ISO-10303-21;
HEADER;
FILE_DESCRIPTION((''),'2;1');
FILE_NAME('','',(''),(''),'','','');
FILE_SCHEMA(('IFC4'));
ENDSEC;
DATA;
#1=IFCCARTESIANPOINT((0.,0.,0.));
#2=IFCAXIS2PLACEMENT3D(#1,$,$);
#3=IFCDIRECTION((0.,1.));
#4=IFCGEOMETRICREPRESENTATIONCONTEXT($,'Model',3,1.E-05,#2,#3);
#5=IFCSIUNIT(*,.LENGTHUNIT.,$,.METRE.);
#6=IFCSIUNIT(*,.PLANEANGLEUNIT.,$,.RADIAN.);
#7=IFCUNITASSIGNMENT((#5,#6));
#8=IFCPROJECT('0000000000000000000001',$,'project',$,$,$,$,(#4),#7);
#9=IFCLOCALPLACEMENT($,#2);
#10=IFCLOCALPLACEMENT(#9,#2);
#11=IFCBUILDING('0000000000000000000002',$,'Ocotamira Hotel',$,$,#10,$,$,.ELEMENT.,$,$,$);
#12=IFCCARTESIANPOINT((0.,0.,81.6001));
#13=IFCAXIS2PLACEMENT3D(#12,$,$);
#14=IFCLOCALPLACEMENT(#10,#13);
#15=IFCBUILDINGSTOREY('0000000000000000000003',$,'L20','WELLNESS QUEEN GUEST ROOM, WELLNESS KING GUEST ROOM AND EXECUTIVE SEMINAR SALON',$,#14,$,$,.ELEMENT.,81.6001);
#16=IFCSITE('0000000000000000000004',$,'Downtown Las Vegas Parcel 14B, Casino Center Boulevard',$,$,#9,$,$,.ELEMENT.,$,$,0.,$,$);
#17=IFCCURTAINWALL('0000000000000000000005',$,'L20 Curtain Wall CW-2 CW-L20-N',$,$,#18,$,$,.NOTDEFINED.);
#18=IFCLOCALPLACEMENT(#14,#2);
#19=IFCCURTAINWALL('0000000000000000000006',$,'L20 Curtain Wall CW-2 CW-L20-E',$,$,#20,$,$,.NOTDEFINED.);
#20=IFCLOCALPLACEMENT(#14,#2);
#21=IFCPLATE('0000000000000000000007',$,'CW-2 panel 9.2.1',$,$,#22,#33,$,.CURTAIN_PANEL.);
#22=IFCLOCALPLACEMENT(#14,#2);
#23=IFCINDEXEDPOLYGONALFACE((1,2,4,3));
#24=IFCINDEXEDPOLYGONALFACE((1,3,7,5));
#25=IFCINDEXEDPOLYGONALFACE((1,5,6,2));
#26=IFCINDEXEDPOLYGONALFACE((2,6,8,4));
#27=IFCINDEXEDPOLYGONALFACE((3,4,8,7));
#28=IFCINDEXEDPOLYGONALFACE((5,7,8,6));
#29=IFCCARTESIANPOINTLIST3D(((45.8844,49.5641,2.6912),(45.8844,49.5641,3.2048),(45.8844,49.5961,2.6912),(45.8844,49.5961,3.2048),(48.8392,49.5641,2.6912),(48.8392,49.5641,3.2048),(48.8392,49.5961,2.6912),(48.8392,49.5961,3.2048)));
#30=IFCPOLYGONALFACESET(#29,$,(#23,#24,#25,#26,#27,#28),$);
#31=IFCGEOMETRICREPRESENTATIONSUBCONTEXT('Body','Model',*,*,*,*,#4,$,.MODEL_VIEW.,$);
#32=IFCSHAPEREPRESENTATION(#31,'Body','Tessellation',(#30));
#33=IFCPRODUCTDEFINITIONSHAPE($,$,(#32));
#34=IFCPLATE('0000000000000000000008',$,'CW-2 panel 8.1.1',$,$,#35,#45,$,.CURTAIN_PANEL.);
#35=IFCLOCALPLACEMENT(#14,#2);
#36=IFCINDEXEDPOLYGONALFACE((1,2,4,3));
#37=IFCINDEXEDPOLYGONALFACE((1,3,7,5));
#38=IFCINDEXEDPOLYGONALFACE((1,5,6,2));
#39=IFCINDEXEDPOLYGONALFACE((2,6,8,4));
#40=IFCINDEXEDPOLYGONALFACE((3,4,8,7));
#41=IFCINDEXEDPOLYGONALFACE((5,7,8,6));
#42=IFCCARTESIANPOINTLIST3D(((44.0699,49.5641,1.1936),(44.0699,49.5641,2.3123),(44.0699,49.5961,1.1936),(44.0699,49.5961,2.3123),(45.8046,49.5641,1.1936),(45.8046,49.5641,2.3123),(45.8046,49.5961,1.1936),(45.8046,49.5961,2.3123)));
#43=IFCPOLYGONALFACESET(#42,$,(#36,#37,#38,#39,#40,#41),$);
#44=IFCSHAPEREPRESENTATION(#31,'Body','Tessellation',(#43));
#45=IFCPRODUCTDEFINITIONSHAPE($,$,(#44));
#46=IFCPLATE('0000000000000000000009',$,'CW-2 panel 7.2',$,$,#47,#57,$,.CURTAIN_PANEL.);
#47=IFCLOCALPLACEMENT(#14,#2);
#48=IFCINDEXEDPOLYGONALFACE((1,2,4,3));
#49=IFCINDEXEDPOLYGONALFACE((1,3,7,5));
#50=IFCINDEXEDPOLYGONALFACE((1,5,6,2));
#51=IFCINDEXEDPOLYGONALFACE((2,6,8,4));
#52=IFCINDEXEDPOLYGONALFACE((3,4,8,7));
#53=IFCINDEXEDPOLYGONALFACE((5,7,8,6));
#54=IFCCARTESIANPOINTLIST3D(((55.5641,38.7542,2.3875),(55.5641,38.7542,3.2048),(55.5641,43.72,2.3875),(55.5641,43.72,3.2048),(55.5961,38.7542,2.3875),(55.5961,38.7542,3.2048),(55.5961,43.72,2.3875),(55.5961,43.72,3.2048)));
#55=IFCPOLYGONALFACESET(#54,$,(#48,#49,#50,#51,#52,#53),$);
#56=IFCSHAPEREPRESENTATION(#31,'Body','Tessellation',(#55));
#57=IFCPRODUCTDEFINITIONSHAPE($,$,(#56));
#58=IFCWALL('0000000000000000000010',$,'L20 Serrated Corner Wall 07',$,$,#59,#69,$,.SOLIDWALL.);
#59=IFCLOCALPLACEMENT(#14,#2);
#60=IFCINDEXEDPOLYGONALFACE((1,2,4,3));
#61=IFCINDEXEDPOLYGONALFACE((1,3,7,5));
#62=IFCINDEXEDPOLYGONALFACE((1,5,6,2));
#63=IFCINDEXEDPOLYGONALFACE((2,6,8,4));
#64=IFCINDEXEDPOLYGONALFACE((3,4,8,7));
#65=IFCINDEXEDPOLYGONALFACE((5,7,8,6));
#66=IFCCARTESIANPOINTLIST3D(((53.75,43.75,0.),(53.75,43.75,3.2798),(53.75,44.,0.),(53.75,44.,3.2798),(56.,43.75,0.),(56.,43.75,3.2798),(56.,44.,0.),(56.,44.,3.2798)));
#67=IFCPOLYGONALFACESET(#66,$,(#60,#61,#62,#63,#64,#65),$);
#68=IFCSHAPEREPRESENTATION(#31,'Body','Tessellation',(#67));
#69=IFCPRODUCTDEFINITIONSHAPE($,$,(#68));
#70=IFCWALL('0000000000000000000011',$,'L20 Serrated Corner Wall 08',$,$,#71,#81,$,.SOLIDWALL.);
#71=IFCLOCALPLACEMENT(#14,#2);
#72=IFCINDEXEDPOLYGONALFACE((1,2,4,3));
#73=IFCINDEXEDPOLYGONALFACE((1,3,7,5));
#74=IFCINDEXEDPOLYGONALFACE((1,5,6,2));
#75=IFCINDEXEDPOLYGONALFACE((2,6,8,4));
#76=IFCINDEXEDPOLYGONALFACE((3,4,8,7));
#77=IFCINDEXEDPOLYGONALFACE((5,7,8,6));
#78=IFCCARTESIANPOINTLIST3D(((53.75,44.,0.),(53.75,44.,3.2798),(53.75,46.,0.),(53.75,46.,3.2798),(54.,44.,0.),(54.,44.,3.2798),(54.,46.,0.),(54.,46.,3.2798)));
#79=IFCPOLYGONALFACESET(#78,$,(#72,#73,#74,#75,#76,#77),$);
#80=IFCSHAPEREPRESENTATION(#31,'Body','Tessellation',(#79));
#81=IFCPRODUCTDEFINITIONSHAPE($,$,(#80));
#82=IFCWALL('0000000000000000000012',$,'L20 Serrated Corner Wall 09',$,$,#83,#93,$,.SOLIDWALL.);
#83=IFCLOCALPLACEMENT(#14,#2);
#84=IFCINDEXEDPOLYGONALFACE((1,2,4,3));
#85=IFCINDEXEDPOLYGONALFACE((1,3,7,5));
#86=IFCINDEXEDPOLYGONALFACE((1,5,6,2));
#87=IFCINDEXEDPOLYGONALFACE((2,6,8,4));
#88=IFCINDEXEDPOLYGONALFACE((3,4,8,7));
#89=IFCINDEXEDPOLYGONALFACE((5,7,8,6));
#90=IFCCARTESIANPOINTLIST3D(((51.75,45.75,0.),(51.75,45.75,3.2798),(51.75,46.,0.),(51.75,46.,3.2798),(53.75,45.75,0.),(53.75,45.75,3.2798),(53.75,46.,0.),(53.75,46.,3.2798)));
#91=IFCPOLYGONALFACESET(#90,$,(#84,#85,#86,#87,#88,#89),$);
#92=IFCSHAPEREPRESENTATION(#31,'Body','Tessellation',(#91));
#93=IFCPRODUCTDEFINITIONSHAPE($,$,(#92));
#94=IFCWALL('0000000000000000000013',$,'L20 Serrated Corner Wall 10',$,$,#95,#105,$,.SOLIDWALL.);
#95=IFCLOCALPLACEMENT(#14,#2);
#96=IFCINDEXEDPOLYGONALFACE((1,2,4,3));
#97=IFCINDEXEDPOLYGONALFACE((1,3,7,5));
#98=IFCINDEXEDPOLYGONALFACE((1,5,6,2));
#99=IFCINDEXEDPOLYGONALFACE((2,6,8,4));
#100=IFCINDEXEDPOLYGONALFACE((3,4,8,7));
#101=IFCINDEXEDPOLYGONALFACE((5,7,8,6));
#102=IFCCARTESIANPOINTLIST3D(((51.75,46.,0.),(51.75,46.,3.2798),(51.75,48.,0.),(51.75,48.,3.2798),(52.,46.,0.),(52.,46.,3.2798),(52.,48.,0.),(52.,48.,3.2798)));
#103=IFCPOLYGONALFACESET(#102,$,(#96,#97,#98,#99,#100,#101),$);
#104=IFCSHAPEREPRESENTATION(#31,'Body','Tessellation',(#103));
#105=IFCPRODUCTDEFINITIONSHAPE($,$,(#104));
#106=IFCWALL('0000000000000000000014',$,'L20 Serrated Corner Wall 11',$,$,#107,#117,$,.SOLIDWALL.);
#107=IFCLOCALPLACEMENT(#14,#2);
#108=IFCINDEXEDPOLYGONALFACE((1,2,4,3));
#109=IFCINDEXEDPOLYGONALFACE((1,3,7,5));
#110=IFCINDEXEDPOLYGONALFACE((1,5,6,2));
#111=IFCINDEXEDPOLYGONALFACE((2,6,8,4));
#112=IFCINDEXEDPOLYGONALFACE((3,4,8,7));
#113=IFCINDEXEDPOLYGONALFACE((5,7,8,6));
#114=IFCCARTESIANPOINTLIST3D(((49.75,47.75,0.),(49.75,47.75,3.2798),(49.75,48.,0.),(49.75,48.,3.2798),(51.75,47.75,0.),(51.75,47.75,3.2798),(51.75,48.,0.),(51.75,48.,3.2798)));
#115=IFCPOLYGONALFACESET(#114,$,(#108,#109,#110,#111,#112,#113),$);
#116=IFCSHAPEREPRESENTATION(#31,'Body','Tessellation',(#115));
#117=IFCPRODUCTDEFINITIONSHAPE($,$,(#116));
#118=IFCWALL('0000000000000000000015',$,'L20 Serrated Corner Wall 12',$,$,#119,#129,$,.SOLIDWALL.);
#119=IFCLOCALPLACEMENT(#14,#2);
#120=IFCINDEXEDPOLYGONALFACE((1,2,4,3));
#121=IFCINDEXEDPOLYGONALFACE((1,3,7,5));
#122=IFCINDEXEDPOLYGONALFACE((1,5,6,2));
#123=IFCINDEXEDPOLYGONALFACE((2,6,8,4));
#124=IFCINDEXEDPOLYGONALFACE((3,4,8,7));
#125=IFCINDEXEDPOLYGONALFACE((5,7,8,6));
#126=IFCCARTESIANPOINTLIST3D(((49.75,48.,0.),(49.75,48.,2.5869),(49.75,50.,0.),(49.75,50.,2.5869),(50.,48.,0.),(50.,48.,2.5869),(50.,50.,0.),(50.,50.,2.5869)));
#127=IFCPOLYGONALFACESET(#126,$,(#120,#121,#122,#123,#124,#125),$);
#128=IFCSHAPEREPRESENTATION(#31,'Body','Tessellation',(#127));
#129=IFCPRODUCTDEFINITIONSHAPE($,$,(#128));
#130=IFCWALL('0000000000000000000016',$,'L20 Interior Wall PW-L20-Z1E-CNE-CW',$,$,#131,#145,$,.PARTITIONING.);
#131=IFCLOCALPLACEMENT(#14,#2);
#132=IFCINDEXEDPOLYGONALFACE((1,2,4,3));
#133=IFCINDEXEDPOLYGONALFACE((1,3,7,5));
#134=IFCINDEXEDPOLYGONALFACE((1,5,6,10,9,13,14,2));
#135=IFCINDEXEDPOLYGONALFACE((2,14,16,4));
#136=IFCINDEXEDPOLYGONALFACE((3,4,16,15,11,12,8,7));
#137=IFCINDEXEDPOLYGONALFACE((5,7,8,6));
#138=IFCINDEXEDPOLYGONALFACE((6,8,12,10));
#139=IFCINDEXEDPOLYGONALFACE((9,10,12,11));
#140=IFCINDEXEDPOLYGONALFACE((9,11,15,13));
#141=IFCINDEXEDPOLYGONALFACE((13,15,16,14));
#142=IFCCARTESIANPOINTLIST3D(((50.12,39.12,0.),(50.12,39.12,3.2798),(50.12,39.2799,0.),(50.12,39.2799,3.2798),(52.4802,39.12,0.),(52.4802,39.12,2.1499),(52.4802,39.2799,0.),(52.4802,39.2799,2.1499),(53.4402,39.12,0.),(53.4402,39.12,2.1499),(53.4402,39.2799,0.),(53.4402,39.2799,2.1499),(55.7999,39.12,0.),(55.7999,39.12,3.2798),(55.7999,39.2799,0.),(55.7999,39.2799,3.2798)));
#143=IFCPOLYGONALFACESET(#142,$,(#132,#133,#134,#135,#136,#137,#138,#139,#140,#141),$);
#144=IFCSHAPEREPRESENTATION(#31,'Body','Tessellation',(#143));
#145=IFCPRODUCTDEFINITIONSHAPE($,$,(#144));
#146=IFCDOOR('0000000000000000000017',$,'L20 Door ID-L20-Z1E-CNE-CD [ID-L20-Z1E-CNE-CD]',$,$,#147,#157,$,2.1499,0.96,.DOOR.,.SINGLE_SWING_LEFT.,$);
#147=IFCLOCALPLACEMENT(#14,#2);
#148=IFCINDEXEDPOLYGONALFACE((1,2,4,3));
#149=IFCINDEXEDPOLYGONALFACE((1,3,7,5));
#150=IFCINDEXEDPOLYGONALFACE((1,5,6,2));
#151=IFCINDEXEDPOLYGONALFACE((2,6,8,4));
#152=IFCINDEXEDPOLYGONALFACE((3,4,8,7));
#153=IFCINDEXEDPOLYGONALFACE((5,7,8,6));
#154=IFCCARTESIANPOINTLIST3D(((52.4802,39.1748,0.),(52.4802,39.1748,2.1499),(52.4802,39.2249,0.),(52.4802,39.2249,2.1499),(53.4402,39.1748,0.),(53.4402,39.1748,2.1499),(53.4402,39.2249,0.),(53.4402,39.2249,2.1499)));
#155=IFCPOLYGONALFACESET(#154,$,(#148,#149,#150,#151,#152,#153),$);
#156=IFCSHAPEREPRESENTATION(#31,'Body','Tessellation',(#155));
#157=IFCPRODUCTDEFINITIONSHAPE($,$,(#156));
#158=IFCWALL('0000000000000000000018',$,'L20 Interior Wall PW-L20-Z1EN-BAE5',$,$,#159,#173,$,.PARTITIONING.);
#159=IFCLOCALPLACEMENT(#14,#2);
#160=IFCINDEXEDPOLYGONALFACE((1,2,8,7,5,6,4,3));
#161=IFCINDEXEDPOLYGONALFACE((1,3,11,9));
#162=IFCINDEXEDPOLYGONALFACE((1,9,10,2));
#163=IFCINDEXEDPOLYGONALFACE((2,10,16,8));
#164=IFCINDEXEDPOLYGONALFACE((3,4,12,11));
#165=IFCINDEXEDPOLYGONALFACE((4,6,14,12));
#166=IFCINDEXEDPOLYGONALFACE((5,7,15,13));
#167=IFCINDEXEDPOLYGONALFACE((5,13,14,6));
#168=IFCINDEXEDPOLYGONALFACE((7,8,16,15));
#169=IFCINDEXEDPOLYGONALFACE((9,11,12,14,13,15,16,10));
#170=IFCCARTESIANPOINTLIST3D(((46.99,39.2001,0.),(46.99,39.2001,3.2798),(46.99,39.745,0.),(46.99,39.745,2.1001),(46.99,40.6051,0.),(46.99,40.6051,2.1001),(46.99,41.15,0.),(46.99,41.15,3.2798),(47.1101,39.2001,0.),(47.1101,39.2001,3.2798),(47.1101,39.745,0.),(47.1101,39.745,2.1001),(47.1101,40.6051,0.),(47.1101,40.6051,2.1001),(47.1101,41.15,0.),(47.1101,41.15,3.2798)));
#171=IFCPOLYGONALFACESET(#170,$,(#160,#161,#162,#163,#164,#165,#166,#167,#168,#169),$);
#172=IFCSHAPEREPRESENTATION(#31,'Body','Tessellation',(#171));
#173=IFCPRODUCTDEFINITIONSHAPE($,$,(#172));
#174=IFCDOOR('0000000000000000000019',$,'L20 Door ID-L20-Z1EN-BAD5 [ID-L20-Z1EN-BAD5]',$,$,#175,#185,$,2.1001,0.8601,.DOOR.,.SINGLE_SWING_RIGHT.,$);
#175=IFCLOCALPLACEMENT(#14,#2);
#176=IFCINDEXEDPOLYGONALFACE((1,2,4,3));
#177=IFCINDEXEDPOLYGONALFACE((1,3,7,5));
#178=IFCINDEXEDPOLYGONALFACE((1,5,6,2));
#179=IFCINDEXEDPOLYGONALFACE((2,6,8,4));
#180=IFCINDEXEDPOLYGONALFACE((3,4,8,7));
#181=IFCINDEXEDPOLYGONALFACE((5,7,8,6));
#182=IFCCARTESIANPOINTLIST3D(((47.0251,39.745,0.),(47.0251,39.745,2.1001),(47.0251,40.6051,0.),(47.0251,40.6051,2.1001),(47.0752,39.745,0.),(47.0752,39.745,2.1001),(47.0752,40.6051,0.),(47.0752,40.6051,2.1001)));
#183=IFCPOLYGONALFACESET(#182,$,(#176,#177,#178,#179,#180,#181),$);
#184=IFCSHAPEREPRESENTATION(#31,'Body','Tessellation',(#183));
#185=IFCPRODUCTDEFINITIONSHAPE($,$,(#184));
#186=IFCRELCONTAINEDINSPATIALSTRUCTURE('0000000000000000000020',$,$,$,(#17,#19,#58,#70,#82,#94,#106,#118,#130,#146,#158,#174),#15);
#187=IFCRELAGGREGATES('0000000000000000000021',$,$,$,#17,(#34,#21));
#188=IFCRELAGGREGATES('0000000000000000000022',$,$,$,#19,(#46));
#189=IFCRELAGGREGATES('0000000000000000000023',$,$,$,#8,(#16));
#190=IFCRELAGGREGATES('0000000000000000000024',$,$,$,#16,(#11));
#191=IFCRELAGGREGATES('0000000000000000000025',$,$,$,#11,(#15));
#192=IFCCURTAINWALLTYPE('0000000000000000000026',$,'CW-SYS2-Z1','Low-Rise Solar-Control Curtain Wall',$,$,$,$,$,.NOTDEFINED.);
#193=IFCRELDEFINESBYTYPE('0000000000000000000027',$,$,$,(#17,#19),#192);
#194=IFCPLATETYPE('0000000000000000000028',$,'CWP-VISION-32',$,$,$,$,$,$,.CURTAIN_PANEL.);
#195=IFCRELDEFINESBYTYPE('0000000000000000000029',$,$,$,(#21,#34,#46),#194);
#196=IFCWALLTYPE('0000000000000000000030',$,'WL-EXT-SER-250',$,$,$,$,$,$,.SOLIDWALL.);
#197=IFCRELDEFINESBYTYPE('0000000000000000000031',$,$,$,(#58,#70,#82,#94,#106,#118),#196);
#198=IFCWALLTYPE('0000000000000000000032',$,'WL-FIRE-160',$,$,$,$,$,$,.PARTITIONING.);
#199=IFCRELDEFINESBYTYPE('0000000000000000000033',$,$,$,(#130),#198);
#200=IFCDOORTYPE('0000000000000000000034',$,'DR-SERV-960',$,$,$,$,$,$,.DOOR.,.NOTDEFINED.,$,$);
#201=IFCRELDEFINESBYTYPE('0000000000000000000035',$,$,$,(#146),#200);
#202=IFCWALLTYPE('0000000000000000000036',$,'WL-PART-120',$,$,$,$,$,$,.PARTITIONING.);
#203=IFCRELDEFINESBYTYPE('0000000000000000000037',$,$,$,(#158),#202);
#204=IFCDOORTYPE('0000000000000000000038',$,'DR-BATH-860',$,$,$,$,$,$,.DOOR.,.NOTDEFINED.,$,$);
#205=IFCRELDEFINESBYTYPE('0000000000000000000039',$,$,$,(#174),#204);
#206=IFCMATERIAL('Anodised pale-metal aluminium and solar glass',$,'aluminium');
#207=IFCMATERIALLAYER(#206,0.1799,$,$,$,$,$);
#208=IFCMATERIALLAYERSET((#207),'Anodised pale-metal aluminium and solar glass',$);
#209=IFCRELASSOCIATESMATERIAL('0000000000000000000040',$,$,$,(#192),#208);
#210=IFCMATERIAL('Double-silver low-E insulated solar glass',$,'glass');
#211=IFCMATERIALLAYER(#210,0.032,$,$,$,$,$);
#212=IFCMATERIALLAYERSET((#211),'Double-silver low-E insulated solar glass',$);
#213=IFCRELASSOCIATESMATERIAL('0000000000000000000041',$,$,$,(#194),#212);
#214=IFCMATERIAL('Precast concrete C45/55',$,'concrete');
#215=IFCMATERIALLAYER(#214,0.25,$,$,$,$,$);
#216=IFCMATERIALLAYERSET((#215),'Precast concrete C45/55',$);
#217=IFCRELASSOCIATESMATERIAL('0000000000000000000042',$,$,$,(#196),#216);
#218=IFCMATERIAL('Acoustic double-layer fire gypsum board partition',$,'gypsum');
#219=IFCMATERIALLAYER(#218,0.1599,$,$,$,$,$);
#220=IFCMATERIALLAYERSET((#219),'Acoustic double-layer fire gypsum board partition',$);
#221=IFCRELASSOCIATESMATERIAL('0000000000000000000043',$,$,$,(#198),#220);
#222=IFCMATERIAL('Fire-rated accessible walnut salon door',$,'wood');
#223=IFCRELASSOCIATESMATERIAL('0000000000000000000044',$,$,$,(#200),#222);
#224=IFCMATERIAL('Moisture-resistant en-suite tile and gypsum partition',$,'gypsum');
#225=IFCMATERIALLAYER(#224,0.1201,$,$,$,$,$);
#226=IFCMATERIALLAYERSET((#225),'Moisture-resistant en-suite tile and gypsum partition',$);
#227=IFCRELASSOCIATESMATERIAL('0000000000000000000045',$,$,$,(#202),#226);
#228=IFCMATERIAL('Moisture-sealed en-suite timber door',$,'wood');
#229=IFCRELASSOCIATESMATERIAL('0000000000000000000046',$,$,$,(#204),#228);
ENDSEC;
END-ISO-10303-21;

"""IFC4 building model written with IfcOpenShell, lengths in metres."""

from ifc_helpers import new_model, si_unit, direction, frame, frame_2d, origin, origin_2d, place, context, subcontext, project, spatial, rectangle, extrude, source, transform, mapped, material, layer, layer_set, type_object, element, fill, aggregate, save


model = new_model("IFC4")

# Units and contexts
model_context = context("Model", 3, precision=1e-05, world=origin(), true_north=direction((0.0, 1.0)))
body_context = subcontext(model_context, "Body", "Model", "MODEL_VIEW")
ifc_project = project(units=[si_unit("LENGTHUNIT", "METRE"), si_unit("PLANEANGLEUNIT", "RADIAN")], contexts=[model_context])

# Site, building, storey
site_placement = place(None, origin())
site = spatial("IfcSite", under=ifc_project, at=site_placement, Name="Downtown Las Vegas Parcel 14B, Casino Center Boulevard", CompositionType="ELEMENT", RefElevation=0.0)
building_placement = place(site_placement, origin())
building = spatial("IfcBuilding", under=site, at=building_placement, Name="Ocotamira Hotel", CompositionType="ELEMENT")
storey_placement = place(building_placement, frame((0.0, 0.0, 81.6001)))
storey = spatial("IfcBuildingStorey", under=building, at=storey_placement, Name="L20", Description="WELLNESS QUEEN GUEST ROOM, WELLNESS KING GUEST ROOM AND EXECUTIVE SEMINAR SALON", CompositionType="ELEMENT", Elevation=81.6001)

# Curtain walls
ifc_material_1 = material(Name="Anodised pale-metal aluminium and solar glass", Category="aluminium")
ifc_layer_1 = layer(ifc_material_1, 0.1799)
ifc_layer_set_1 = layer_set([ifc_layer_1], Name="Anodised pale-metal aluminium and solar glass")
curtain_wall_type = type_object("IfcCurtainWallType", Name="CW-SYS2-Z1", Description="Low-Rise Solar-Control Curtain Wall", PredefinedType="NOTDEFINED", material=ifc_layer_set_1)
curtain_wall_1_placement = place(storey_placement, origin())
curtain_wall_1 = element("IfcCurtainWall", 1, at=curtain_wall_1_placement, inside=storey, type_object=curtain_wall_type, Name="L20 Curtain Wall CW-2 CW-L20-N", PredefinedType="NOTDEFINED")
curtain_wall_2_placement = place(storey_placement, origin())
curtain_wall_2 = element("IfcCurtainWall", 2, at=curtain_wall_2_placement, inside=storey, type_object=curtain_wall_type, Name="L20 Curtain Wall CW-2 CW-L20-E", PredefinedType="NOTDEFINED")

# Plates
ifc_material_2 = material(Name="Double-silver low-E insulated solar glass", Category="glass")
ifc_layer_2 = layer(ifc_material_2, 0.032)
ifc_layer_set_2 = layer_set([ifc_layer_2], Name="Double-silver low-E insulated solar glass")
plate_type_1 = type_object("IfcPlateType", Name="CWP-VISION-32", PredefinedType="CURTAIN_PANEL", material=ifc_layer_set_2)
shared_shape_1 = source(origin(), body_context, "Body", "SweptSolid", [
    extrude(rectangle(XDim=2.9548, YDim=0.032, at=origin_2d()), origin(), (0.0, 0.0, 1.0), 0.5137),
])
plate_1_placement = place(storey_placement, frame((47.3618, 49.5801, 2.6912), z_axis=(0.0, 0.0, 1.0), x_axis=(1.0, 0.0, 0.0)))
plate_1 = element("IfcPlate", 3, at=plate_1_placement, type_object=plate_type_1, Name="CW-2 panel 9.2.1", PredefinedType="CURTAIN_PANEL", context=body_context, shape_type="MappedRepresentation", body=[
    mapped(shared_shape_1, transform((0.0, 0.0, 0.0), scale=1.0)),
])
shared_shape_2 = source(origin(), body_context, "Body", "SweptSolid", [
    extrude(rectangle(XDim=1.7346, YDim=0.032, at=origin_2d()), origin(), (0.0, 0.0, 1.0), 1.1187),
])
plate_2_placement = place(storey_placement, frame((44.9373, 49.5801, 1.1936), z_axis=(0.0, 0.0, 1.0), x_axis=(1.0, 0.0, 0.0)))
plate_2 = element("IfcPlate", 4, at=plate_2_placement, type_object=plate_type_1, Name="CW-2 panel 8.1.1", PredefinedType="CURTAIN_PANEL", context=body_context, shape_type="MappedRepresentation", body=[
    mapped(shared_shape_2, transform((0.0, 0.0, 0.0), scale=1.0)),
])
aggregate(curtain_wall_1, [plate_2, plate_1])
shared_shape_3 = source(origin(), body_context, "Body", "SweptSolid", [
    extrude(rectangle(XDim=4.9658, YDim=0.032, at=origin_2d()), origin(), (0.0, 0.0, 1.0), 0.8174),
])
plate_3_placement = place(storey_placement, frame((55.5801, 41.2371, 2.3875), z_axis=(0.0, 0.0, 1.0), x_axis=(0.0, 1.0, 0.0)))
plate_3 = element("IfcPlate", 5, at=plate_3_placement, type_object=plate_type_1, Name="CW-2 panel 7.2", PredefinedType="CURTAIN_PANEL", context=body_context, shape_type="MappedRepresentation", body=[
    mapped(shared_shape_3, transform((0.0, 0.0, 0.0), scale=1.0)),
])
aggregate(curtain_wall_2, [plate_3])

# Walls
ifc_material_3 = material(Name="Precast concrete C45/55", Category="concrete")
ifc_layer_3 = layer(ifc_material_3, 0.25)
ifc_layer_set_3 = layer_set([ifc_layer_3], Name="Precast concrete C45/55")
wall_type_1 = type_object("IfcWallType", Name="WL-EXT-SER-250", PredefinedType="SOLIDWALL", material=ifc_layer_set_3)
wall_1_placement = place(storey_placement, frame((56.0, 43.875, 0.0), z_axis=(0.0, 0.0, 1.0), x_axis=(-1.0, 0.0, 0.0)))
element("IfcWall", 6, at=wall_1_placement, inside=storey, type_object=wall_type_1, Name="L20 Serrated Corner Wall 07", PredefinedType="SOLIDWALL", context=body_context, shape_type="SweptSolid", body=[
    extrude(rectangle(XDim=2.25, YDim=0.25, at=frame_2d((1.125, 0.0))), origin(), (0.0, 0.0, 1.0), 3.2798),
])
for number, where, z_axis, x_axis, name in (
    (7, (53.875, 44.0, 0.0), (0.0, 0.0, 1.0), (0.0, 1.0, 0.0), "L20 Serrated Corner Wall 08"),
    (8, (53.75, 45.875, 0.0), (0.0, 0.0, 1.0), (-1.0, 0.0, 0.0), "L20 Serrated Corner Wall 09"),
    (9, (51.875, 46.0, 0.0), (0.0, 0.0, 1.0), (0.0, 1.0, 0.0), "L20 Serrated Corner Wall 10"),
    (10, (51.75, 47.875, 0.0), (0.0, 0.0, 1.0), (-1.0, 0.0, 0.0), "L20 Serrated Corner Wall 11"),
):
    element("IfcWall", number, at=place(storey_placement, frame(where, z_axis=z_axis, x_axis=x_axis)), inside=storey, type_object=wall_type_1, Name=name, PredefinedType="SOLIDWALL", context=body_context, shape_type="SweptSolid", body=[
        extrude(rectangle(XDim=2.0, YDim=0.25, at=frame_2d((1.0, 0.0))), origin(), (0.0, 0.0, 1.0), 3.2798),
    ])
wall_2_placement = place(storey_placement, frame((49.875, 48.0, 0.0), z_axis=(0.0, 0.0, 1.0), x_axis=(0.0, 1.0, 0.0)))
element("IfcWall", 11, at=wall_2_placement, inside=storey, type_object=wall_type_1, Name="L20 Serrated Corner Wall 12", PredefinedType="SOLIDWALL", context=body_context, shape_type="SweptSolid", body=[
    extrude(rectangle(XDim=2.0, YDim=0.25, at=frame_2d((1.0, 0.0))), origin(), (0.0, 0.0, 1.0), 2.5869),
])

# Walls, openings, doors
ifc_material_4 = material(Name="Acoustic double-layer fire gypsum board partition", Category="gypsum")
ifc_layer_4 = layer(ifc_material_4, 0.1599)
ifc_layer_set_4 = layer_set([ifc_layer_4], Name="Acoustic double-layer fire gypsum board partition")
wall_type_2 = type_object("IfcWallType", Name="WL-FIRE-160", PredefinedType="PARTITIONING", material=ifc_layer_set_4)
wall_3_placement = place(storey_placement, frame((50.1201, 39.2, 0.0), z_axis=(0.0, 0.0, 1.0), x_axis=(1.0, 0.0, 0.0)))
wall_3 = element("IfcWall", 12, at=wall_3_placement, inside=storey, type_object=wall_type_2, Name="L20 Interior Wall PW-L20-Z1E-CNE-CW", PredefinedType="PARTITIONING", context=body_context, shape_type="SweptSolid", body=[
    extrude(rectangle(XDim=5.6799, YDim=0.1599, at=frame_2d((2.8398, 0.0))), origin(), (0.0, 0.0, 1.0), 3.2798),
])
opening_1_placement = place(wall_3_placement, frame((2.3601, 0.0, 0.0)))
opening_1 = element("IfcOpeningElement", 13, at=opening_1_placement, cuts=wall_3, PredefinedType="OPENING", context=body_context, shape_type="SweptSolid", body=[
    extrude(rectangle(XDim=0.96, YDim=2.1499, at=frame_2d((0.48, 1.075))), frame((0.0, 0.0898, 0.0), z_axis=(0.0, -1.0, 0.0), x_axis=(1.0, 0.0, 0.0)), (0.0, 0.0, 1.0), 0.1799),
])
ifc_material_5 = material(Name="Fire-rated accessible walnut salon door", Category="wood")
door_type_1 = type_object("IfcDoorType", Name="DR-SERV-960", OperationType="NOTDEFINED", PredefinedType="DOOR", material=ifc_material_5)
shared_shape_4 = source(origin(), body_context, "Body", "SweptSolid", [
    extrude(rectangle(XDim=0.96, YDim=2.1499, at=frame_2d((0.48, 1.075))), frame((0.0, 0.0249, 0.0), z_axis=(0.0, -1.0, 0.0), x_axis=(1.0, 0.0, 0.0)), (0.0, 0.0, 1.0), 0.05),
])
door_1_placement = place(opening_1_placement, origin())
door_1 = element("IfcDoor", 14, at=door_1_placement, inside=storey, type_object=door_type_1, Name="L20 Door ID-L20-Z1E-CNE-CD [ID-L20-Z1E-CNE-CD]", OperationType="SINGLE_SWING_LEFT", OverallHeight=2.1499, OverallWidth=0.96, PredefinedType="DOOR", context=body_context, shape_type="MappedRepresentation", body=[
    mapped(shared_shape_4, transform((0.0, 0.0, 0.0), scale=1.0)),
])
fill(opening_1, door_1)
ifc_material_6 = material(Name="Moisture-resistant en-suite tile and gypsum partition", Category="gypsum")
ifc_layer_5 = layer(ifc_material_6, 0.1201)
ifc_layer_set_5 = layer_set([ifc_layer_5], Name="Moisture-resistant en-suite tile and gypsum partition")
wall_type_3 = type_object("IfcWallType", Name="WL-PART-120", PredefinedType="PARTITIONING", material=ifc_layer_set_5)
wall_4_placement = place(storey_placement, frame((47.05, 39.2, 0.0), z_axis=(0.0, 0.0, 1.0), x_axis=(0.0, 1.0, 0.0)))
wall_4 = element("IfcWall", 15, at=wall_4_placement, inside=storey, type_object=wall_type_3, Name="L20 Interior Wall PW-L20-Z1EN-BAE5", PredefinedType="PARTITIONING", context=body_context, shape_type="SweptSolid", body=[
    extrude(rectangle(XDim=1.95, YDim=0.1201, at=frame_2d((0.9751, 0.0))), origin(), (0.0, 0.0, 1.0), 3.2798),
])
opening_2_placement = place(wall_4_placement, frame((0.5449, 0.0, 0.0)))
opening_2 = element("IfcOpeningElement", 16, at=opening_2_placement, cuts=wall_4, PredefinedType="OPENING", context=body_context, shape_type="SweptSolid", body=[
    extrude(rectangle(XDim=0.8601, YDim=2.1001, at=frame_2d((0.4302, 1.05))), frame((0.0, 0.0701, 0.0), z_axis=(0.0, -1.0, 0.0), x_axis=(1.0, 0.0, 0.0)), (0.0, 0.0, 1.0), 0.1401),
])
ifc_material_7 = material(Name="Moisture-sealed en-suite timber door", Category="wood")
door_type_2 = type_object("IfcDoorType", Name="DR-BATH-860", OperationType="NOTDEFINED", PredefinedType="DOOR", material=ifc_material_7)
shared_shape_5 = source(origin(), body_context, "Body", "SweptSolid", [
    extrude(rectangle(XDim=0.8601, YDim=2.1001, at=frame_2d((0.4302, 1.05))), frame((0.0, 0.0249, 0.0), z_axis=(0.0, -1.0, 0.0), x_axis=(1.0, 0.0, 0.0)), (0.0, 0.0, 1.0), 0.05),
])
door_2_placement = place(opening_2_placement, origin())
door_2 = element("IfcDoor", 17, at=door_2_placement, inside=storey, type_object=door_type_2, Name="L20 Door ID-L20-Z1EN-BAD5 [ID-L20-Z1EN-BAD5]", OperationType="SINGLE_SWING_RIGHT", OverallHeight=2.1001, OverallWidth=0.8601, PredefinedType="DOOR", context=body_context, shape_type="MappedRepresentation", body=[
    mapped(shared_shape_5, transform((0.0, 0.0, 0.0), scale=1.0)),
])
fill(opening_2, door_2)

save(model, "model.ifc")
